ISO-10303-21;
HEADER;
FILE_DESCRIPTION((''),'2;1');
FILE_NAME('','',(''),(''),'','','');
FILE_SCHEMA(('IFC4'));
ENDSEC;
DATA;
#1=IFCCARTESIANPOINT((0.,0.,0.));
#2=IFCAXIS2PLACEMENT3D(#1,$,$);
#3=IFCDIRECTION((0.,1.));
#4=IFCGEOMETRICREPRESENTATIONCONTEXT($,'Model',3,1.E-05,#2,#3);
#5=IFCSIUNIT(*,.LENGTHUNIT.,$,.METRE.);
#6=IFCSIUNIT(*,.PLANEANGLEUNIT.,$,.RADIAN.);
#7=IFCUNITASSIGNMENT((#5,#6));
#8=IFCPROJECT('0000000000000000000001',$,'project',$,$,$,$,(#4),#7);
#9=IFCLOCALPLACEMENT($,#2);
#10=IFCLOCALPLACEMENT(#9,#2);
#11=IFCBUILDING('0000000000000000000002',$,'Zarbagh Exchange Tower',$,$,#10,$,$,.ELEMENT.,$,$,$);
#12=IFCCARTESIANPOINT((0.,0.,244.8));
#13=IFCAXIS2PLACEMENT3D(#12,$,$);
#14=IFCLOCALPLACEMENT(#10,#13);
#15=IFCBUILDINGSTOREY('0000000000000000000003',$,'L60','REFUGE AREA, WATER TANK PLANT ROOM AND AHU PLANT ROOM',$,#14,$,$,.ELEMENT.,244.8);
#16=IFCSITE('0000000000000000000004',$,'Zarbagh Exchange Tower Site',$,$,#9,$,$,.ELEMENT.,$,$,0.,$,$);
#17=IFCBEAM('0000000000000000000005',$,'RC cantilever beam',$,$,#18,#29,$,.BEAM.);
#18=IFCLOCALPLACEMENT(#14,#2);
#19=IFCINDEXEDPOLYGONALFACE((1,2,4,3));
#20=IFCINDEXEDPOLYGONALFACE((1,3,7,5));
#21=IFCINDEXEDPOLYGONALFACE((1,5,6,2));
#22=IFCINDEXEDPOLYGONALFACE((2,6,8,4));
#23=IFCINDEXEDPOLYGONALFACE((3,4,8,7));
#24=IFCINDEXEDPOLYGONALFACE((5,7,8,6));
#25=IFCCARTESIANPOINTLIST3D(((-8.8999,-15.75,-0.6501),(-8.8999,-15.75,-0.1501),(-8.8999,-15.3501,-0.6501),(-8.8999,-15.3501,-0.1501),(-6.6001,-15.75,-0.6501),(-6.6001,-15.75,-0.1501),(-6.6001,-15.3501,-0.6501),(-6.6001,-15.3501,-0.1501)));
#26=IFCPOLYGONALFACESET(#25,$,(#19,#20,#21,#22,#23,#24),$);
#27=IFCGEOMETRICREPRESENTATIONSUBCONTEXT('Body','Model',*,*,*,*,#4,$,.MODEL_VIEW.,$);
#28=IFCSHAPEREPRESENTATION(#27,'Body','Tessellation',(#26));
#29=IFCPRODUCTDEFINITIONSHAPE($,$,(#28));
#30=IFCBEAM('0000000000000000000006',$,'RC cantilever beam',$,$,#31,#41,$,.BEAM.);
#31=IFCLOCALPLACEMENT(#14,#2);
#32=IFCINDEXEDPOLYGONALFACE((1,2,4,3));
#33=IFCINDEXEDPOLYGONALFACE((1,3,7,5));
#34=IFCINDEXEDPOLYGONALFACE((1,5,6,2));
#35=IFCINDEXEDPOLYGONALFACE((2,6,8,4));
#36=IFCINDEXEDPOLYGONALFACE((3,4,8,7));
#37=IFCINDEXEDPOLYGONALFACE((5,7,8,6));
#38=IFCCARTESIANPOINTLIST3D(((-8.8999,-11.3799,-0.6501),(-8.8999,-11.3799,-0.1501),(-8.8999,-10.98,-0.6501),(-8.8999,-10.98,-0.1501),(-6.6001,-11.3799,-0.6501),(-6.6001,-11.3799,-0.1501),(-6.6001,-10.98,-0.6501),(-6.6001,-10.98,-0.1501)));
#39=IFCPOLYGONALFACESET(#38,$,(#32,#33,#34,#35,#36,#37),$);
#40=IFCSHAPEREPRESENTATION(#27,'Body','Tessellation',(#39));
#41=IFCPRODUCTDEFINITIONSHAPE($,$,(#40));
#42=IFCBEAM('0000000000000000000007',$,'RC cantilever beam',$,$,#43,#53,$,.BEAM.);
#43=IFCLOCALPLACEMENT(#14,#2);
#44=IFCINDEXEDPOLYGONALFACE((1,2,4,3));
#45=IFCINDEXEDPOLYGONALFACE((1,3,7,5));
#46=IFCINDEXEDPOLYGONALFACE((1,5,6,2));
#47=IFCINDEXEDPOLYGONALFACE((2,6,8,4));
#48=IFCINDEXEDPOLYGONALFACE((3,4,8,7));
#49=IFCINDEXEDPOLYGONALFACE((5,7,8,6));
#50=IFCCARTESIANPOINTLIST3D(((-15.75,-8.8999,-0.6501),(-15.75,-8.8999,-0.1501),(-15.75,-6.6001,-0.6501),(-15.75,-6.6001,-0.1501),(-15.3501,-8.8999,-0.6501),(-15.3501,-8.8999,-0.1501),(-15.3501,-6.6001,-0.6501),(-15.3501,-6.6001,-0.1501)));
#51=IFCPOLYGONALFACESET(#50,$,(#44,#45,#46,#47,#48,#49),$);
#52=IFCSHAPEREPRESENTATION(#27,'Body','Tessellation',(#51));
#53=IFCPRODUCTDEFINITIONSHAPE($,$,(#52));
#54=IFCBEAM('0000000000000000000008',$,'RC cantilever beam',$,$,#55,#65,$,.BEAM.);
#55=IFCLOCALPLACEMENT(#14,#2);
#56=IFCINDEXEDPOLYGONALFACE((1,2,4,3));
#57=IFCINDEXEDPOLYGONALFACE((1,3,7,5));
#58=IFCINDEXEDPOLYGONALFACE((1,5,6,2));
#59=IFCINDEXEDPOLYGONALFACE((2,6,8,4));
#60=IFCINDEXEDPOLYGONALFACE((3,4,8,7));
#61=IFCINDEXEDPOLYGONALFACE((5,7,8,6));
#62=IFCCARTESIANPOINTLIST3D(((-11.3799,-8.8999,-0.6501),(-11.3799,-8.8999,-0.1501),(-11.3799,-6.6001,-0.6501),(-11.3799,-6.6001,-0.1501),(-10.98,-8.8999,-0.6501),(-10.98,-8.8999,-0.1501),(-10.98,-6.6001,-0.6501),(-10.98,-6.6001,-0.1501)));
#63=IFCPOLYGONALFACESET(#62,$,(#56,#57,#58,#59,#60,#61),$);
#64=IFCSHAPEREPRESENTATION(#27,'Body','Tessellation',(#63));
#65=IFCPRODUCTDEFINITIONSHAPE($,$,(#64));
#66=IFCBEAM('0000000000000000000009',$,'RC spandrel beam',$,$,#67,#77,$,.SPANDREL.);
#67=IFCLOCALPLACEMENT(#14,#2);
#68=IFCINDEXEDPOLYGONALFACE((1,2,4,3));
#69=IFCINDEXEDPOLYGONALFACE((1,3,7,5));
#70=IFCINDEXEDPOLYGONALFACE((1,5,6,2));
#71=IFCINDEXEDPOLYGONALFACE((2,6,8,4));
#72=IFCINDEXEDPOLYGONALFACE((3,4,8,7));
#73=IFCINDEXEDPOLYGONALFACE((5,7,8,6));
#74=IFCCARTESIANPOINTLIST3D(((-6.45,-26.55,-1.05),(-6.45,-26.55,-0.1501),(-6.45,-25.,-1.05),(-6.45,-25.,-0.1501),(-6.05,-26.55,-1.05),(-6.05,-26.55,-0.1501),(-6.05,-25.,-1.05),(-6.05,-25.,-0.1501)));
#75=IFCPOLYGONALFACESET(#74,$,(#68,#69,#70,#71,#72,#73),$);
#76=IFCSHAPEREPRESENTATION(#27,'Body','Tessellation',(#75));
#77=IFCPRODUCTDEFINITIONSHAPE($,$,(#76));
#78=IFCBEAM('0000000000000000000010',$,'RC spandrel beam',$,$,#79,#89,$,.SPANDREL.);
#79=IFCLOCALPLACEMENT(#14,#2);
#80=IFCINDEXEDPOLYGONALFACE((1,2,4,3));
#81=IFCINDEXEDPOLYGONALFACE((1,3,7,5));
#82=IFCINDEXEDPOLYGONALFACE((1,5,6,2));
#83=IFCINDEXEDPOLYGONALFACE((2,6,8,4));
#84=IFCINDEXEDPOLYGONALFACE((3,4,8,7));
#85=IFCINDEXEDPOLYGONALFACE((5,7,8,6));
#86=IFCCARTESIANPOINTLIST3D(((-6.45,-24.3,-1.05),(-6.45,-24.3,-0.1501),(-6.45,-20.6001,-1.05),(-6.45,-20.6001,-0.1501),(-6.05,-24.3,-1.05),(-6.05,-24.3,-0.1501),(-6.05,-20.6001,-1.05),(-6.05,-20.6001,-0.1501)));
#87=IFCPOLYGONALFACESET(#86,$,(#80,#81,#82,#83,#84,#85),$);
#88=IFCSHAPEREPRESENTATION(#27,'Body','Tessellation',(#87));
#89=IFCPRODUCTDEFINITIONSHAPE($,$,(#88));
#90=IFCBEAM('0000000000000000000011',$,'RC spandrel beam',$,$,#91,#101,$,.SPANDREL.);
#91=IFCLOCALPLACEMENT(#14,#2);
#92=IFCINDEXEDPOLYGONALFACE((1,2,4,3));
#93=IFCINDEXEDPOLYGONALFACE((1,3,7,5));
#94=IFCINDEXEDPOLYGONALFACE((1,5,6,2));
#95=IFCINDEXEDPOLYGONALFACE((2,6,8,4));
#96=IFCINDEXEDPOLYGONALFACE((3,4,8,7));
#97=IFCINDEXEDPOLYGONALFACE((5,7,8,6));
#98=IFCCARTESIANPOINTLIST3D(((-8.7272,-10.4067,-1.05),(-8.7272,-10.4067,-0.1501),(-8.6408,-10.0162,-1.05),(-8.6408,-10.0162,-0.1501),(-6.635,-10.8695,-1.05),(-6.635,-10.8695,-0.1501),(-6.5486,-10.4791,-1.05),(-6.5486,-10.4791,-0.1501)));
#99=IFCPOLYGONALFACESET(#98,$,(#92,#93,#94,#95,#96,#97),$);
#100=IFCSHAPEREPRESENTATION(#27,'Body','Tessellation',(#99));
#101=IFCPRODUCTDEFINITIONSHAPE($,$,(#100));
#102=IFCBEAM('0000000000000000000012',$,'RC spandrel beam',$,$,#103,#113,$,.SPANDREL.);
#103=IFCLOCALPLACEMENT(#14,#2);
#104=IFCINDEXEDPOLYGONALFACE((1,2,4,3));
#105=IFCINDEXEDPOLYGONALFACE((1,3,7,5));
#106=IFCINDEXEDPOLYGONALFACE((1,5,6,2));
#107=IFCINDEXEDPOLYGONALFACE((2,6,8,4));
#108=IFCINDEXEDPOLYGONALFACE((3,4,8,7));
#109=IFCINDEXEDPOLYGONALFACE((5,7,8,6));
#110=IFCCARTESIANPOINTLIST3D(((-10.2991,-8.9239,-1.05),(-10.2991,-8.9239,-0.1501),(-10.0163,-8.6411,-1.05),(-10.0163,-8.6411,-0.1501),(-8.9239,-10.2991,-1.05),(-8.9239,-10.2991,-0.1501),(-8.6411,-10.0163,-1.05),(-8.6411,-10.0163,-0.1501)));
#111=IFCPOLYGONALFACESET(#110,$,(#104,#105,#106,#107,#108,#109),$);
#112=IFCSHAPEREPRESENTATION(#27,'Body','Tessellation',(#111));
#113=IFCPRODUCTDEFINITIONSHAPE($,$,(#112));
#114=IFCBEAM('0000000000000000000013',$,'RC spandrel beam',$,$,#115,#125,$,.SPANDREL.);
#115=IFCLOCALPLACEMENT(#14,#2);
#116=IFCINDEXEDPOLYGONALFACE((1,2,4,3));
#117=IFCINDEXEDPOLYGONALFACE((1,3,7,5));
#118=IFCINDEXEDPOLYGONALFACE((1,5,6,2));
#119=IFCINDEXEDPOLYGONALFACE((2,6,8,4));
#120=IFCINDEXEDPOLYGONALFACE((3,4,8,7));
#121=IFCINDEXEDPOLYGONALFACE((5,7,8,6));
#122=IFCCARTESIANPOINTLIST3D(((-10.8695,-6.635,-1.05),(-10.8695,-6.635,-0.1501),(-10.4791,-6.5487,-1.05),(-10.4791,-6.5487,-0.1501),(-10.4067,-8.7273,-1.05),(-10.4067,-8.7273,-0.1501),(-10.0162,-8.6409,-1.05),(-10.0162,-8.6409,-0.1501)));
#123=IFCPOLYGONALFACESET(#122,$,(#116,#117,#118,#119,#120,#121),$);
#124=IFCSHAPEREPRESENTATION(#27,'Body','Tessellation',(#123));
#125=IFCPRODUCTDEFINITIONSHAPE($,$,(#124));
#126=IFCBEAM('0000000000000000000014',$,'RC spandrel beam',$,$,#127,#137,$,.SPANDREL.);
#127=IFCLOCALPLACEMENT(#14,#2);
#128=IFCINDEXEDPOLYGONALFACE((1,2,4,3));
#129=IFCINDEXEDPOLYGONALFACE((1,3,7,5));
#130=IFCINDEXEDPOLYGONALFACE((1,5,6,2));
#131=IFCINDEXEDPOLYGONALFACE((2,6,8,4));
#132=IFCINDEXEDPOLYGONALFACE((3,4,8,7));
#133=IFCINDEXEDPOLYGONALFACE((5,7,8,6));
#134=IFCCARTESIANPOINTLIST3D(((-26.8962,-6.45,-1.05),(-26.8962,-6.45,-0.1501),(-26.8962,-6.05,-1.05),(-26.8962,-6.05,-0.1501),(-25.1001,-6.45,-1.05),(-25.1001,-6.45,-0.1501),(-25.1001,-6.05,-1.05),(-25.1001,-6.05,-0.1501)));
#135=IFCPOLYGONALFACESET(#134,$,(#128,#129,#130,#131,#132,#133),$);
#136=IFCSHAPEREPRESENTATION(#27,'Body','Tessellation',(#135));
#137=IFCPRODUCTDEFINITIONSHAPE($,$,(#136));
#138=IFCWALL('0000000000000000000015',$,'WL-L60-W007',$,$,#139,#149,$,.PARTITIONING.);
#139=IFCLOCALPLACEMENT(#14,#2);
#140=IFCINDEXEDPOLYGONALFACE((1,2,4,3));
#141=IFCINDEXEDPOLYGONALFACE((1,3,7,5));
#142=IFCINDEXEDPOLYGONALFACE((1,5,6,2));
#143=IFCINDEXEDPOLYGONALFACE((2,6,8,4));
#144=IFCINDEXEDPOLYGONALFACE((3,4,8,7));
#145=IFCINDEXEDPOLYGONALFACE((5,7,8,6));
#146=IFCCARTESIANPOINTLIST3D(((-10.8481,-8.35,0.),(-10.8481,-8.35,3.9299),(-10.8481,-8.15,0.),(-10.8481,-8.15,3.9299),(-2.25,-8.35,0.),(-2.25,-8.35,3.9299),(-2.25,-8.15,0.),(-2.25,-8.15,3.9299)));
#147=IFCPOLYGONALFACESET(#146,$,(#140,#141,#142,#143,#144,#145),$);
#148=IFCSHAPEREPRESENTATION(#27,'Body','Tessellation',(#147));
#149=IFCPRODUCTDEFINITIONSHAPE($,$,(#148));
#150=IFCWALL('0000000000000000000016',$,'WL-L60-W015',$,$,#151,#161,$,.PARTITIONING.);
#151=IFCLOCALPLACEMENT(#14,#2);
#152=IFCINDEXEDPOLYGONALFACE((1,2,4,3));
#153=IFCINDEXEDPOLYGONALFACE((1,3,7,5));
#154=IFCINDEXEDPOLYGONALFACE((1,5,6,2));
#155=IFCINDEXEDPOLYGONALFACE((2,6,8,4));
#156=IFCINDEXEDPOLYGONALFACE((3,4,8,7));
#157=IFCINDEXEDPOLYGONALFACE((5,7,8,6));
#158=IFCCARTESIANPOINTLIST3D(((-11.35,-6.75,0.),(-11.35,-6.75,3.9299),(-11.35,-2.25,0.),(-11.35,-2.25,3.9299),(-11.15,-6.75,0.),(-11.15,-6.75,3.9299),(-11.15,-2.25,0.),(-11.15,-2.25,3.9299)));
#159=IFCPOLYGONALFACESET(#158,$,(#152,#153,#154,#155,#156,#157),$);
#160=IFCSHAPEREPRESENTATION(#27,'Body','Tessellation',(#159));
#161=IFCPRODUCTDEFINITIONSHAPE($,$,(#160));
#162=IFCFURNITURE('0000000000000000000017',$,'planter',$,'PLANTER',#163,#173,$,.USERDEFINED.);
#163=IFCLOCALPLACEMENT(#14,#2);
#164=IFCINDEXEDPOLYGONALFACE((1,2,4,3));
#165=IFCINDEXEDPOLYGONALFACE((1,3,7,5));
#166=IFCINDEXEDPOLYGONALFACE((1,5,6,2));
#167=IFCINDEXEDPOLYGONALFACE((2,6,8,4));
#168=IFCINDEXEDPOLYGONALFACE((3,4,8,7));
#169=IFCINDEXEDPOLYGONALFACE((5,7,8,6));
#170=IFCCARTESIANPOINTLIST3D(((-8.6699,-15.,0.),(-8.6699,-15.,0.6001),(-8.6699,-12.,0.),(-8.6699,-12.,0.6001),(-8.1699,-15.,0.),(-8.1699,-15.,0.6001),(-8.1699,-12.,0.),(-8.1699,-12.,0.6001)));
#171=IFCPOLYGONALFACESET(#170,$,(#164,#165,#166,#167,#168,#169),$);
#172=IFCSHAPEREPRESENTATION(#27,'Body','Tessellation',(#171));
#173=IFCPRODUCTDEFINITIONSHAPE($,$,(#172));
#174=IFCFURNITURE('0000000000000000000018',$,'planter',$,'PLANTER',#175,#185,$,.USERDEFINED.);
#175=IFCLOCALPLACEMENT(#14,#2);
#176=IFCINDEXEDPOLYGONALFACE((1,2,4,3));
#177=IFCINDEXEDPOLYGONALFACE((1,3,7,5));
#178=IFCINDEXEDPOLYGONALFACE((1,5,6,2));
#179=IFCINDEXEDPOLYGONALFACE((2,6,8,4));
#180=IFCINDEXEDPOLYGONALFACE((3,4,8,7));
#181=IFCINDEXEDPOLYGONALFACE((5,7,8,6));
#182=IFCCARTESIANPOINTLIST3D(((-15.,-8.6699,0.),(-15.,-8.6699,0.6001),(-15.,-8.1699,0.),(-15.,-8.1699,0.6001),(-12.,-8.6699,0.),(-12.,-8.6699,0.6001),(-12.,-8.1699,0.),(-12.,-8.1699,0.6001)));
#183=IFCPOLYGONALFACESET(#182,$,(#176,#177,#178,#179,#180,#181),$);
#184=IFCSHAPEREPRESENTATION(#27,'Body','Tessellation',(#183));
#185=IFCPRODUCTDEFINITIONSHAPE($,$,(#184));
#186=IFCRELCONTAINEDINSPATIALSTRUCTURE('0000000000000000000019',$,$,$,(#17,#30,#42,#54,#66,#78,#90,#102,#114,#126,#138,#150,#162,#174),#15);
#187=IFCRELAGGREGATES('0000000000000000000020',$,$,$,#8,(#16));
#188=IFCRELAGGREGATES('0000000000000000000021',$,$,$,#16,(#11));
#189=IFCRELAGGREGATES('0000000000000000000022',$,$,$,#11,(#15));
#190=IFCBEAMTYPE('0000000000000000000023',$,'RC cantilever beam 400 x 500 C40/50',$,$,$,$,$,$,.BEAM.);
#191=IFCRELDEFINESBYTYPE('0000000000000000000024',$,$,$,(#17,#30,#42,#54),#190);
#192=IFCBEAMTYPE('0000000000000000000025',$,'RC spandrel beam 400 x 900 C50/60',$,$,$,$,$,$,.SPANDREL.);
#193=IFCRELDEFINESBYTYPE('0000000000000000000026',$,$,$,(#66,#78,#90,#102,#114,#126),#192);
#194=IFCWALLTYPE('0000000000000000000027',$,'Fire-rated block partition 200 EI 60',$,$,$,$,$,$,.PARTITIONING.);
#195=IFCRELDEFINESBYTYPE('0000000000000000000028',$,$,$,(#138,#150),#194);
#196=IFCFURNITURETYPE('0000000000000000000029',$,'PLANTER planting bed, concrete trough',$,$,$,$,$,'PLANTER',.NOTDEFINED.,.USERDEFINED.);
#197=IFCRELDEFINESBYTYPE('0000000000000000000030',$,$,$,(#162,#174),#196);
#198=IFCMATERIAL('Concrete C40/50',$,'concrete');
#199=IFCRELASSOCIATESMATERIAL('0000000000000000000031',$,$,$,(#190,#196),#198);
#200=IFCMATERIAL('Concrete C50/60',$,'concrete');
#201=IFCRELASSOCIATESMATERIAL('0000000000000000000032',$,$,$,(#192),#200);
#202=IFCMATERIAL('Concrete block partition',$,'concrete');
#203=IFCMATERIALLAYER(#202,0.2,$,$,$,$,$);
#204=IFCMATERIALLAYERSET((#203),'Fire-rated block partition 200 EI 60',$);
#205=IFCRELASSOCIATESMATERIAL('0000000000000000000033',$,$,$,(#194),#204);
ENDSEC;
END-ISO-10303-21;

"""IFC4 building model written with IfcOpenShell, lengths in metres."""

from ifc_helpers import new_model, si_unit, direction, frame, frame_2d, origin, origin_2d, place, context, subcontext, project, spatial, rectangle, extrude, material, layer, layer_set, material_profile, profile_set, type_object, element, save


model = new_model("IFC4")

# Units and contexts
model_context = context("Model", 3, precision=1e-05, world=origin(), true_north=direction((0.0, 1.0)))
body_context = subcontext(model_context, "Body", "Model", "MODEL_VIEW")
ifc_project = project(units=[si_unit("LENGTHUNIT", "METRE"), si_unit("PLANEANGLEUNIT", "RADIAN")], contexts=[model_context])

# Site, building, storey
site_placement = place(None, origin())
site = spatial("IfcSite", under=ifc_project, at=site_placement, Name="Zarbagh Exchange Tower Site", CompositionType="ELEMENT", RefElevation=0.0)
building_placement = place(site_placement, origin())
building = spatial("IfcBuilding", under=site, at=building_placement, Name="Zarbagh Exchange Tower", CompositionType="ELEMENT")
storey_placement = place(building_placement, frame((0.0, 0.0, 244.8)))
storey = spatial("IfcBuildingStorey", under=building, at=storey_placement, Name="L60", Description="REFUGE AREA, WATER TANK PLANT ROOM AND AHU PLANT ROOM", CompositionType="ELEMENT", Elevation=244.8)

# Shared definitions
ifc_material_1 = material(Name="Concrete C50/60", Category="concrete")

# Beams
ifc_material_2 = material(Name="Concrete C40/50", Category="concrete")
ifc_material_profile_1 = material_profile(ifc_material_2, rectangle(XDim=0.3999, YDim=0.5, at=origin_2d()), Name="RC cantilever beam 400 x 500 C40/50")
ifc_profile_set_1 = profile_set([ifc_material_profile_1], Name="Concrete C40/50")
beam_type_1 = type_object("IfcBeamType", Name="RC cantilever beam 400 x 500 C40/50", PredefinedType="BEAM", material=ifc_profile_set_1)
for number, where, z_axis, x_axis, name in (
    (1, (-6.6001, -15.55, -0.4001), (-1.0, 0.0, 0.0), (0.0, -1.0, 0.0), "RC cantilever beam"),
    (2, (-6.6001, -11.1799, -0.4001), (-1.0, 0.0, 0.0), (0.0, -1.0, 0.0), "RC cantilever beam"),
    (3, (-15.55, -6.6001, -0.4001), (0.0, -1.0, 0.0), (1.0, 0.0, 0.0), "RC cantilever beam"),
    (4, (-11.1799, -6.6001, -0.4001), (0.0, -1.0, 0.0), (1.0, 0.0, 0.0), "RC cantilever beam"),
):
    element("IfcBeam", number, at=place(storey_placement, frame(where, z_axis=z_axis, x_axis=x_axis)), inside=storey, type_object=beam_type_1, Name=name, PredefinedType="BEAM", context=body_context, shape_type="SweptSolid", body=[
        extrude(rectangle(XDim=0.3999, YDim=0.5, at=origin_2d()), origin(), (0.0, 0.0, 1.0), 2.2998),
    ])
ifc_material_profile_2 = material_profile(ifc_material_1, rectangle(XDim=0.3999, YDim=0.8999, at=origin_2d()), Name="RC spandrel beam 400 x 900 C50/60")
ifc_profile_set_2 = profile_set([ifc_material_profile_2], Name="Concrete C50/60")
beam_type_2 = type_object("IfcBeamType", Name="RC spandrel beam 400 x 900 C50/60", PredefinedType="SPANDREL", material=ifc_profile_set_2)
beam_1_placement = place(storey_placement, frame((-6.25, -26.55, -0.6001), z_axis=(0.0, 1.0, 0.0), x_axis=(-1.0, 0.0, 0.0)))
element("IfcBeam", 5, at=beam_1_placement, inside=storey, type_object=beam_type_2, Name="RC spandrel beam", PredefinedType="SPANDREL", context=body_context, shape_type="SweptSolid", body=[
    extrude(rectangle(XDim=0.3999, YDim=0.8999, at=origin_2d()), origin(), (0.0, 0.0, 1.0), 1.55),
])
beam_2_placement = place(storey_placement, frame((-6.25, -24.3, -0.6001), z_axis=(0.0, 1.0, 0.0), x_axis=(-1.0, 0.0, 0.0)))
element("IfcBeam", 6, at=beam_2_placement, inside=storey, type_object=beam_type_2, Name="RC spandrel beam", PredefinedType="SPANDREL", context=body_context, shape_type="SweptSolid", body=[
    extrude(rectangle(XDim=0.3999, YDim=0.8999, at=origin_2d()), origin(), (0.0, 0.0, 1.0), 3.7),
])
beam_3_placement = place(storey_placement, frame((-6.5918, -10.6743, -0.6001), z_axis=(-0.97639, 0.216014, 0.0), x_axis=(-0.216014, -0.97639, 0.0)))
element("IfcBeam", 7, at=beam_3_placement, inside=storey, type_object=beam_type_2, Name="RC spandrel beam", PredefinedType="SPANDREL", context=body_context, shape_type="SweptSolid", body=[
    extrude(rectangle(XDim=0.3999, YDim=0.8999, at=origin_2d()), origin(), (0.0, 0.0, 1.0), 2.1428),
])
beam_4_placement = place(storey_placement, frame((-8.7825, -10.1577, -0.6001), z_axis=(-0.707107, 0.707107, 0.0), x_axis=(-0.707107, -0.707107, 0.0)))
element("IfcBeam", 8, at=beam_4_placement, inside=storey, type_object=beam_type_2, Name="RC spandrel beam", PredefinedType="SPANDREL", context=body_context, shape_type="SweptSolid", body=[
    extrude(rectangle(XDim=0.3999, YDim=0.8999, at=origin_2d()), origin(), (0.0, 0.0, 1.0), 1.9448),
])
beam_5_placement = place(storey_placement, frame((-10.2114, -8.6841, -0.6001), z_axis=(-0.216014, 0.97639, 0.0), x_axis=(-0.97639, -0.216014, 0.0)))
element("IfcBeam", 9, at=beam_5_placement, inside=storey, type_object=beam_type_2, Name="RC spandrel beam", PredefinedType="SPANDREL", context=body_context, shape_type="SweptSolid", body=[
    extrude(rectangle(XDim=0.3999, YDim=0.8999, at=origin_2d()), origin(), (0.0, 0.0, 1.0), 2.1428),
])
beam_6_placement = place(storey_placement, frame((-25.1001, -6.25, -0.6001), z_axis=(-1.0, 0.0, 0.0), x_axis=(0.0, -1.0, 0.0)))
element("IfcBeam", 10, at=beam_6_placement, inside=storey, type_object=beam_type_2, Name="RC spandrel beam", PredefinedType="SPANDREL", context=body_context, shape_type="SweptSolid", body=[
    extrude(rectangle(XDim=0.3999, YDim=0.8999, at=origin_2d()), origin(), (0.0, 0.0, 1.0), 1.7961),
])

# Walls
ifc_material_3 = material(Name="Concrete block partition", Category="concrete")
ifc_layer_1 = layer(ifc_material_3, 0.2)
ifc_layer_set_1 = layer_set([ifc_layer_1], Name="Fire-rated block partition 200 EI 60")
wall_type_1 = type_object("IfcWallType", Name="Fire-rated block partition 200 EI 60", PredefinedType="PARTITIONING", material=ifc_layer_set_1)
wall_1_placement = place(storey_placement, frame((-10.8481, -8.25, 0.0), z_axis=(0.0, 0.0, 1.0), x_axis=(1.0, 0.0, 0.0)))
element("IfcWall", 11, at=wall_1_placement, inside=storey, type_object=wall_type_1, Name="WL-L60-W007", PredefinedType="PARTITIONING", context=body_context, shape_type="SweptSolid", body=[
    extrude(rectangle(XDim=8.5981, YDim=0.2, at=frame_2d((4.2991, 0.0))), origin(), (0.0, 0.0, 1.0), 3.9299),
])
wall_2_placement = place(storey_placement, frame((-11.25, -6.75, 0.0), z_axis=(0.0, 0.0, 1.0), x_axis=(0.0, 1.0, 0.0)))
element("IfcWall", 12, at=wall_2_placement, inside=storey, type_object=wall_type_1, Name="WL-L60-W015", PredefinedType="PARTITIONING", context=body_context, shape_type="SweptSolid", body=[
    extrude(rectangle(XDim=4.5, YDim=0.2, at=frame_2d((2.25, 0.0))), origin(), (0.0, 0.0, 1.0), 3.9299),
])

# Furniture
furniture_type = type_object("IfcFurnitureType", Name="PLANTER planting bed, concrete trough", ElementType="PLANTER", AssemblyPlace="NOTDEFINED", PredefinedType="USERDEFINED", material=ifc_material_2)
for number, where, z_axis, x_axis, name in (
    (13, (-8.4199, -13.5, 0.0), (0.0, 0.0, 1.0), (0.0, 1.0, 0.0), "planter"),
    (14, (-13.5, -8.4199, 0.0), (0.0, 0.0, 1.0), (-1.0, 0.0, 0.0), "planter"),
):
    element("IfcFurniture", number, at=place(storey_placement, frame(where, z_axis=z_axis, x_axis=x_axis)), inside=storey, type_object=furniture_type, Name=name, ObjectType="PLANTER", PredefinedType="USERDEFINED", context=body_context, shape_type="SweptSolid", body=[
        extrude(rectangle(XDim=3.0, YDim=0.5, at=origin_2d()), origin(), (0.0, 0.0, 1.0), 0.6001),
    ])

save(model, "model.ifc")
